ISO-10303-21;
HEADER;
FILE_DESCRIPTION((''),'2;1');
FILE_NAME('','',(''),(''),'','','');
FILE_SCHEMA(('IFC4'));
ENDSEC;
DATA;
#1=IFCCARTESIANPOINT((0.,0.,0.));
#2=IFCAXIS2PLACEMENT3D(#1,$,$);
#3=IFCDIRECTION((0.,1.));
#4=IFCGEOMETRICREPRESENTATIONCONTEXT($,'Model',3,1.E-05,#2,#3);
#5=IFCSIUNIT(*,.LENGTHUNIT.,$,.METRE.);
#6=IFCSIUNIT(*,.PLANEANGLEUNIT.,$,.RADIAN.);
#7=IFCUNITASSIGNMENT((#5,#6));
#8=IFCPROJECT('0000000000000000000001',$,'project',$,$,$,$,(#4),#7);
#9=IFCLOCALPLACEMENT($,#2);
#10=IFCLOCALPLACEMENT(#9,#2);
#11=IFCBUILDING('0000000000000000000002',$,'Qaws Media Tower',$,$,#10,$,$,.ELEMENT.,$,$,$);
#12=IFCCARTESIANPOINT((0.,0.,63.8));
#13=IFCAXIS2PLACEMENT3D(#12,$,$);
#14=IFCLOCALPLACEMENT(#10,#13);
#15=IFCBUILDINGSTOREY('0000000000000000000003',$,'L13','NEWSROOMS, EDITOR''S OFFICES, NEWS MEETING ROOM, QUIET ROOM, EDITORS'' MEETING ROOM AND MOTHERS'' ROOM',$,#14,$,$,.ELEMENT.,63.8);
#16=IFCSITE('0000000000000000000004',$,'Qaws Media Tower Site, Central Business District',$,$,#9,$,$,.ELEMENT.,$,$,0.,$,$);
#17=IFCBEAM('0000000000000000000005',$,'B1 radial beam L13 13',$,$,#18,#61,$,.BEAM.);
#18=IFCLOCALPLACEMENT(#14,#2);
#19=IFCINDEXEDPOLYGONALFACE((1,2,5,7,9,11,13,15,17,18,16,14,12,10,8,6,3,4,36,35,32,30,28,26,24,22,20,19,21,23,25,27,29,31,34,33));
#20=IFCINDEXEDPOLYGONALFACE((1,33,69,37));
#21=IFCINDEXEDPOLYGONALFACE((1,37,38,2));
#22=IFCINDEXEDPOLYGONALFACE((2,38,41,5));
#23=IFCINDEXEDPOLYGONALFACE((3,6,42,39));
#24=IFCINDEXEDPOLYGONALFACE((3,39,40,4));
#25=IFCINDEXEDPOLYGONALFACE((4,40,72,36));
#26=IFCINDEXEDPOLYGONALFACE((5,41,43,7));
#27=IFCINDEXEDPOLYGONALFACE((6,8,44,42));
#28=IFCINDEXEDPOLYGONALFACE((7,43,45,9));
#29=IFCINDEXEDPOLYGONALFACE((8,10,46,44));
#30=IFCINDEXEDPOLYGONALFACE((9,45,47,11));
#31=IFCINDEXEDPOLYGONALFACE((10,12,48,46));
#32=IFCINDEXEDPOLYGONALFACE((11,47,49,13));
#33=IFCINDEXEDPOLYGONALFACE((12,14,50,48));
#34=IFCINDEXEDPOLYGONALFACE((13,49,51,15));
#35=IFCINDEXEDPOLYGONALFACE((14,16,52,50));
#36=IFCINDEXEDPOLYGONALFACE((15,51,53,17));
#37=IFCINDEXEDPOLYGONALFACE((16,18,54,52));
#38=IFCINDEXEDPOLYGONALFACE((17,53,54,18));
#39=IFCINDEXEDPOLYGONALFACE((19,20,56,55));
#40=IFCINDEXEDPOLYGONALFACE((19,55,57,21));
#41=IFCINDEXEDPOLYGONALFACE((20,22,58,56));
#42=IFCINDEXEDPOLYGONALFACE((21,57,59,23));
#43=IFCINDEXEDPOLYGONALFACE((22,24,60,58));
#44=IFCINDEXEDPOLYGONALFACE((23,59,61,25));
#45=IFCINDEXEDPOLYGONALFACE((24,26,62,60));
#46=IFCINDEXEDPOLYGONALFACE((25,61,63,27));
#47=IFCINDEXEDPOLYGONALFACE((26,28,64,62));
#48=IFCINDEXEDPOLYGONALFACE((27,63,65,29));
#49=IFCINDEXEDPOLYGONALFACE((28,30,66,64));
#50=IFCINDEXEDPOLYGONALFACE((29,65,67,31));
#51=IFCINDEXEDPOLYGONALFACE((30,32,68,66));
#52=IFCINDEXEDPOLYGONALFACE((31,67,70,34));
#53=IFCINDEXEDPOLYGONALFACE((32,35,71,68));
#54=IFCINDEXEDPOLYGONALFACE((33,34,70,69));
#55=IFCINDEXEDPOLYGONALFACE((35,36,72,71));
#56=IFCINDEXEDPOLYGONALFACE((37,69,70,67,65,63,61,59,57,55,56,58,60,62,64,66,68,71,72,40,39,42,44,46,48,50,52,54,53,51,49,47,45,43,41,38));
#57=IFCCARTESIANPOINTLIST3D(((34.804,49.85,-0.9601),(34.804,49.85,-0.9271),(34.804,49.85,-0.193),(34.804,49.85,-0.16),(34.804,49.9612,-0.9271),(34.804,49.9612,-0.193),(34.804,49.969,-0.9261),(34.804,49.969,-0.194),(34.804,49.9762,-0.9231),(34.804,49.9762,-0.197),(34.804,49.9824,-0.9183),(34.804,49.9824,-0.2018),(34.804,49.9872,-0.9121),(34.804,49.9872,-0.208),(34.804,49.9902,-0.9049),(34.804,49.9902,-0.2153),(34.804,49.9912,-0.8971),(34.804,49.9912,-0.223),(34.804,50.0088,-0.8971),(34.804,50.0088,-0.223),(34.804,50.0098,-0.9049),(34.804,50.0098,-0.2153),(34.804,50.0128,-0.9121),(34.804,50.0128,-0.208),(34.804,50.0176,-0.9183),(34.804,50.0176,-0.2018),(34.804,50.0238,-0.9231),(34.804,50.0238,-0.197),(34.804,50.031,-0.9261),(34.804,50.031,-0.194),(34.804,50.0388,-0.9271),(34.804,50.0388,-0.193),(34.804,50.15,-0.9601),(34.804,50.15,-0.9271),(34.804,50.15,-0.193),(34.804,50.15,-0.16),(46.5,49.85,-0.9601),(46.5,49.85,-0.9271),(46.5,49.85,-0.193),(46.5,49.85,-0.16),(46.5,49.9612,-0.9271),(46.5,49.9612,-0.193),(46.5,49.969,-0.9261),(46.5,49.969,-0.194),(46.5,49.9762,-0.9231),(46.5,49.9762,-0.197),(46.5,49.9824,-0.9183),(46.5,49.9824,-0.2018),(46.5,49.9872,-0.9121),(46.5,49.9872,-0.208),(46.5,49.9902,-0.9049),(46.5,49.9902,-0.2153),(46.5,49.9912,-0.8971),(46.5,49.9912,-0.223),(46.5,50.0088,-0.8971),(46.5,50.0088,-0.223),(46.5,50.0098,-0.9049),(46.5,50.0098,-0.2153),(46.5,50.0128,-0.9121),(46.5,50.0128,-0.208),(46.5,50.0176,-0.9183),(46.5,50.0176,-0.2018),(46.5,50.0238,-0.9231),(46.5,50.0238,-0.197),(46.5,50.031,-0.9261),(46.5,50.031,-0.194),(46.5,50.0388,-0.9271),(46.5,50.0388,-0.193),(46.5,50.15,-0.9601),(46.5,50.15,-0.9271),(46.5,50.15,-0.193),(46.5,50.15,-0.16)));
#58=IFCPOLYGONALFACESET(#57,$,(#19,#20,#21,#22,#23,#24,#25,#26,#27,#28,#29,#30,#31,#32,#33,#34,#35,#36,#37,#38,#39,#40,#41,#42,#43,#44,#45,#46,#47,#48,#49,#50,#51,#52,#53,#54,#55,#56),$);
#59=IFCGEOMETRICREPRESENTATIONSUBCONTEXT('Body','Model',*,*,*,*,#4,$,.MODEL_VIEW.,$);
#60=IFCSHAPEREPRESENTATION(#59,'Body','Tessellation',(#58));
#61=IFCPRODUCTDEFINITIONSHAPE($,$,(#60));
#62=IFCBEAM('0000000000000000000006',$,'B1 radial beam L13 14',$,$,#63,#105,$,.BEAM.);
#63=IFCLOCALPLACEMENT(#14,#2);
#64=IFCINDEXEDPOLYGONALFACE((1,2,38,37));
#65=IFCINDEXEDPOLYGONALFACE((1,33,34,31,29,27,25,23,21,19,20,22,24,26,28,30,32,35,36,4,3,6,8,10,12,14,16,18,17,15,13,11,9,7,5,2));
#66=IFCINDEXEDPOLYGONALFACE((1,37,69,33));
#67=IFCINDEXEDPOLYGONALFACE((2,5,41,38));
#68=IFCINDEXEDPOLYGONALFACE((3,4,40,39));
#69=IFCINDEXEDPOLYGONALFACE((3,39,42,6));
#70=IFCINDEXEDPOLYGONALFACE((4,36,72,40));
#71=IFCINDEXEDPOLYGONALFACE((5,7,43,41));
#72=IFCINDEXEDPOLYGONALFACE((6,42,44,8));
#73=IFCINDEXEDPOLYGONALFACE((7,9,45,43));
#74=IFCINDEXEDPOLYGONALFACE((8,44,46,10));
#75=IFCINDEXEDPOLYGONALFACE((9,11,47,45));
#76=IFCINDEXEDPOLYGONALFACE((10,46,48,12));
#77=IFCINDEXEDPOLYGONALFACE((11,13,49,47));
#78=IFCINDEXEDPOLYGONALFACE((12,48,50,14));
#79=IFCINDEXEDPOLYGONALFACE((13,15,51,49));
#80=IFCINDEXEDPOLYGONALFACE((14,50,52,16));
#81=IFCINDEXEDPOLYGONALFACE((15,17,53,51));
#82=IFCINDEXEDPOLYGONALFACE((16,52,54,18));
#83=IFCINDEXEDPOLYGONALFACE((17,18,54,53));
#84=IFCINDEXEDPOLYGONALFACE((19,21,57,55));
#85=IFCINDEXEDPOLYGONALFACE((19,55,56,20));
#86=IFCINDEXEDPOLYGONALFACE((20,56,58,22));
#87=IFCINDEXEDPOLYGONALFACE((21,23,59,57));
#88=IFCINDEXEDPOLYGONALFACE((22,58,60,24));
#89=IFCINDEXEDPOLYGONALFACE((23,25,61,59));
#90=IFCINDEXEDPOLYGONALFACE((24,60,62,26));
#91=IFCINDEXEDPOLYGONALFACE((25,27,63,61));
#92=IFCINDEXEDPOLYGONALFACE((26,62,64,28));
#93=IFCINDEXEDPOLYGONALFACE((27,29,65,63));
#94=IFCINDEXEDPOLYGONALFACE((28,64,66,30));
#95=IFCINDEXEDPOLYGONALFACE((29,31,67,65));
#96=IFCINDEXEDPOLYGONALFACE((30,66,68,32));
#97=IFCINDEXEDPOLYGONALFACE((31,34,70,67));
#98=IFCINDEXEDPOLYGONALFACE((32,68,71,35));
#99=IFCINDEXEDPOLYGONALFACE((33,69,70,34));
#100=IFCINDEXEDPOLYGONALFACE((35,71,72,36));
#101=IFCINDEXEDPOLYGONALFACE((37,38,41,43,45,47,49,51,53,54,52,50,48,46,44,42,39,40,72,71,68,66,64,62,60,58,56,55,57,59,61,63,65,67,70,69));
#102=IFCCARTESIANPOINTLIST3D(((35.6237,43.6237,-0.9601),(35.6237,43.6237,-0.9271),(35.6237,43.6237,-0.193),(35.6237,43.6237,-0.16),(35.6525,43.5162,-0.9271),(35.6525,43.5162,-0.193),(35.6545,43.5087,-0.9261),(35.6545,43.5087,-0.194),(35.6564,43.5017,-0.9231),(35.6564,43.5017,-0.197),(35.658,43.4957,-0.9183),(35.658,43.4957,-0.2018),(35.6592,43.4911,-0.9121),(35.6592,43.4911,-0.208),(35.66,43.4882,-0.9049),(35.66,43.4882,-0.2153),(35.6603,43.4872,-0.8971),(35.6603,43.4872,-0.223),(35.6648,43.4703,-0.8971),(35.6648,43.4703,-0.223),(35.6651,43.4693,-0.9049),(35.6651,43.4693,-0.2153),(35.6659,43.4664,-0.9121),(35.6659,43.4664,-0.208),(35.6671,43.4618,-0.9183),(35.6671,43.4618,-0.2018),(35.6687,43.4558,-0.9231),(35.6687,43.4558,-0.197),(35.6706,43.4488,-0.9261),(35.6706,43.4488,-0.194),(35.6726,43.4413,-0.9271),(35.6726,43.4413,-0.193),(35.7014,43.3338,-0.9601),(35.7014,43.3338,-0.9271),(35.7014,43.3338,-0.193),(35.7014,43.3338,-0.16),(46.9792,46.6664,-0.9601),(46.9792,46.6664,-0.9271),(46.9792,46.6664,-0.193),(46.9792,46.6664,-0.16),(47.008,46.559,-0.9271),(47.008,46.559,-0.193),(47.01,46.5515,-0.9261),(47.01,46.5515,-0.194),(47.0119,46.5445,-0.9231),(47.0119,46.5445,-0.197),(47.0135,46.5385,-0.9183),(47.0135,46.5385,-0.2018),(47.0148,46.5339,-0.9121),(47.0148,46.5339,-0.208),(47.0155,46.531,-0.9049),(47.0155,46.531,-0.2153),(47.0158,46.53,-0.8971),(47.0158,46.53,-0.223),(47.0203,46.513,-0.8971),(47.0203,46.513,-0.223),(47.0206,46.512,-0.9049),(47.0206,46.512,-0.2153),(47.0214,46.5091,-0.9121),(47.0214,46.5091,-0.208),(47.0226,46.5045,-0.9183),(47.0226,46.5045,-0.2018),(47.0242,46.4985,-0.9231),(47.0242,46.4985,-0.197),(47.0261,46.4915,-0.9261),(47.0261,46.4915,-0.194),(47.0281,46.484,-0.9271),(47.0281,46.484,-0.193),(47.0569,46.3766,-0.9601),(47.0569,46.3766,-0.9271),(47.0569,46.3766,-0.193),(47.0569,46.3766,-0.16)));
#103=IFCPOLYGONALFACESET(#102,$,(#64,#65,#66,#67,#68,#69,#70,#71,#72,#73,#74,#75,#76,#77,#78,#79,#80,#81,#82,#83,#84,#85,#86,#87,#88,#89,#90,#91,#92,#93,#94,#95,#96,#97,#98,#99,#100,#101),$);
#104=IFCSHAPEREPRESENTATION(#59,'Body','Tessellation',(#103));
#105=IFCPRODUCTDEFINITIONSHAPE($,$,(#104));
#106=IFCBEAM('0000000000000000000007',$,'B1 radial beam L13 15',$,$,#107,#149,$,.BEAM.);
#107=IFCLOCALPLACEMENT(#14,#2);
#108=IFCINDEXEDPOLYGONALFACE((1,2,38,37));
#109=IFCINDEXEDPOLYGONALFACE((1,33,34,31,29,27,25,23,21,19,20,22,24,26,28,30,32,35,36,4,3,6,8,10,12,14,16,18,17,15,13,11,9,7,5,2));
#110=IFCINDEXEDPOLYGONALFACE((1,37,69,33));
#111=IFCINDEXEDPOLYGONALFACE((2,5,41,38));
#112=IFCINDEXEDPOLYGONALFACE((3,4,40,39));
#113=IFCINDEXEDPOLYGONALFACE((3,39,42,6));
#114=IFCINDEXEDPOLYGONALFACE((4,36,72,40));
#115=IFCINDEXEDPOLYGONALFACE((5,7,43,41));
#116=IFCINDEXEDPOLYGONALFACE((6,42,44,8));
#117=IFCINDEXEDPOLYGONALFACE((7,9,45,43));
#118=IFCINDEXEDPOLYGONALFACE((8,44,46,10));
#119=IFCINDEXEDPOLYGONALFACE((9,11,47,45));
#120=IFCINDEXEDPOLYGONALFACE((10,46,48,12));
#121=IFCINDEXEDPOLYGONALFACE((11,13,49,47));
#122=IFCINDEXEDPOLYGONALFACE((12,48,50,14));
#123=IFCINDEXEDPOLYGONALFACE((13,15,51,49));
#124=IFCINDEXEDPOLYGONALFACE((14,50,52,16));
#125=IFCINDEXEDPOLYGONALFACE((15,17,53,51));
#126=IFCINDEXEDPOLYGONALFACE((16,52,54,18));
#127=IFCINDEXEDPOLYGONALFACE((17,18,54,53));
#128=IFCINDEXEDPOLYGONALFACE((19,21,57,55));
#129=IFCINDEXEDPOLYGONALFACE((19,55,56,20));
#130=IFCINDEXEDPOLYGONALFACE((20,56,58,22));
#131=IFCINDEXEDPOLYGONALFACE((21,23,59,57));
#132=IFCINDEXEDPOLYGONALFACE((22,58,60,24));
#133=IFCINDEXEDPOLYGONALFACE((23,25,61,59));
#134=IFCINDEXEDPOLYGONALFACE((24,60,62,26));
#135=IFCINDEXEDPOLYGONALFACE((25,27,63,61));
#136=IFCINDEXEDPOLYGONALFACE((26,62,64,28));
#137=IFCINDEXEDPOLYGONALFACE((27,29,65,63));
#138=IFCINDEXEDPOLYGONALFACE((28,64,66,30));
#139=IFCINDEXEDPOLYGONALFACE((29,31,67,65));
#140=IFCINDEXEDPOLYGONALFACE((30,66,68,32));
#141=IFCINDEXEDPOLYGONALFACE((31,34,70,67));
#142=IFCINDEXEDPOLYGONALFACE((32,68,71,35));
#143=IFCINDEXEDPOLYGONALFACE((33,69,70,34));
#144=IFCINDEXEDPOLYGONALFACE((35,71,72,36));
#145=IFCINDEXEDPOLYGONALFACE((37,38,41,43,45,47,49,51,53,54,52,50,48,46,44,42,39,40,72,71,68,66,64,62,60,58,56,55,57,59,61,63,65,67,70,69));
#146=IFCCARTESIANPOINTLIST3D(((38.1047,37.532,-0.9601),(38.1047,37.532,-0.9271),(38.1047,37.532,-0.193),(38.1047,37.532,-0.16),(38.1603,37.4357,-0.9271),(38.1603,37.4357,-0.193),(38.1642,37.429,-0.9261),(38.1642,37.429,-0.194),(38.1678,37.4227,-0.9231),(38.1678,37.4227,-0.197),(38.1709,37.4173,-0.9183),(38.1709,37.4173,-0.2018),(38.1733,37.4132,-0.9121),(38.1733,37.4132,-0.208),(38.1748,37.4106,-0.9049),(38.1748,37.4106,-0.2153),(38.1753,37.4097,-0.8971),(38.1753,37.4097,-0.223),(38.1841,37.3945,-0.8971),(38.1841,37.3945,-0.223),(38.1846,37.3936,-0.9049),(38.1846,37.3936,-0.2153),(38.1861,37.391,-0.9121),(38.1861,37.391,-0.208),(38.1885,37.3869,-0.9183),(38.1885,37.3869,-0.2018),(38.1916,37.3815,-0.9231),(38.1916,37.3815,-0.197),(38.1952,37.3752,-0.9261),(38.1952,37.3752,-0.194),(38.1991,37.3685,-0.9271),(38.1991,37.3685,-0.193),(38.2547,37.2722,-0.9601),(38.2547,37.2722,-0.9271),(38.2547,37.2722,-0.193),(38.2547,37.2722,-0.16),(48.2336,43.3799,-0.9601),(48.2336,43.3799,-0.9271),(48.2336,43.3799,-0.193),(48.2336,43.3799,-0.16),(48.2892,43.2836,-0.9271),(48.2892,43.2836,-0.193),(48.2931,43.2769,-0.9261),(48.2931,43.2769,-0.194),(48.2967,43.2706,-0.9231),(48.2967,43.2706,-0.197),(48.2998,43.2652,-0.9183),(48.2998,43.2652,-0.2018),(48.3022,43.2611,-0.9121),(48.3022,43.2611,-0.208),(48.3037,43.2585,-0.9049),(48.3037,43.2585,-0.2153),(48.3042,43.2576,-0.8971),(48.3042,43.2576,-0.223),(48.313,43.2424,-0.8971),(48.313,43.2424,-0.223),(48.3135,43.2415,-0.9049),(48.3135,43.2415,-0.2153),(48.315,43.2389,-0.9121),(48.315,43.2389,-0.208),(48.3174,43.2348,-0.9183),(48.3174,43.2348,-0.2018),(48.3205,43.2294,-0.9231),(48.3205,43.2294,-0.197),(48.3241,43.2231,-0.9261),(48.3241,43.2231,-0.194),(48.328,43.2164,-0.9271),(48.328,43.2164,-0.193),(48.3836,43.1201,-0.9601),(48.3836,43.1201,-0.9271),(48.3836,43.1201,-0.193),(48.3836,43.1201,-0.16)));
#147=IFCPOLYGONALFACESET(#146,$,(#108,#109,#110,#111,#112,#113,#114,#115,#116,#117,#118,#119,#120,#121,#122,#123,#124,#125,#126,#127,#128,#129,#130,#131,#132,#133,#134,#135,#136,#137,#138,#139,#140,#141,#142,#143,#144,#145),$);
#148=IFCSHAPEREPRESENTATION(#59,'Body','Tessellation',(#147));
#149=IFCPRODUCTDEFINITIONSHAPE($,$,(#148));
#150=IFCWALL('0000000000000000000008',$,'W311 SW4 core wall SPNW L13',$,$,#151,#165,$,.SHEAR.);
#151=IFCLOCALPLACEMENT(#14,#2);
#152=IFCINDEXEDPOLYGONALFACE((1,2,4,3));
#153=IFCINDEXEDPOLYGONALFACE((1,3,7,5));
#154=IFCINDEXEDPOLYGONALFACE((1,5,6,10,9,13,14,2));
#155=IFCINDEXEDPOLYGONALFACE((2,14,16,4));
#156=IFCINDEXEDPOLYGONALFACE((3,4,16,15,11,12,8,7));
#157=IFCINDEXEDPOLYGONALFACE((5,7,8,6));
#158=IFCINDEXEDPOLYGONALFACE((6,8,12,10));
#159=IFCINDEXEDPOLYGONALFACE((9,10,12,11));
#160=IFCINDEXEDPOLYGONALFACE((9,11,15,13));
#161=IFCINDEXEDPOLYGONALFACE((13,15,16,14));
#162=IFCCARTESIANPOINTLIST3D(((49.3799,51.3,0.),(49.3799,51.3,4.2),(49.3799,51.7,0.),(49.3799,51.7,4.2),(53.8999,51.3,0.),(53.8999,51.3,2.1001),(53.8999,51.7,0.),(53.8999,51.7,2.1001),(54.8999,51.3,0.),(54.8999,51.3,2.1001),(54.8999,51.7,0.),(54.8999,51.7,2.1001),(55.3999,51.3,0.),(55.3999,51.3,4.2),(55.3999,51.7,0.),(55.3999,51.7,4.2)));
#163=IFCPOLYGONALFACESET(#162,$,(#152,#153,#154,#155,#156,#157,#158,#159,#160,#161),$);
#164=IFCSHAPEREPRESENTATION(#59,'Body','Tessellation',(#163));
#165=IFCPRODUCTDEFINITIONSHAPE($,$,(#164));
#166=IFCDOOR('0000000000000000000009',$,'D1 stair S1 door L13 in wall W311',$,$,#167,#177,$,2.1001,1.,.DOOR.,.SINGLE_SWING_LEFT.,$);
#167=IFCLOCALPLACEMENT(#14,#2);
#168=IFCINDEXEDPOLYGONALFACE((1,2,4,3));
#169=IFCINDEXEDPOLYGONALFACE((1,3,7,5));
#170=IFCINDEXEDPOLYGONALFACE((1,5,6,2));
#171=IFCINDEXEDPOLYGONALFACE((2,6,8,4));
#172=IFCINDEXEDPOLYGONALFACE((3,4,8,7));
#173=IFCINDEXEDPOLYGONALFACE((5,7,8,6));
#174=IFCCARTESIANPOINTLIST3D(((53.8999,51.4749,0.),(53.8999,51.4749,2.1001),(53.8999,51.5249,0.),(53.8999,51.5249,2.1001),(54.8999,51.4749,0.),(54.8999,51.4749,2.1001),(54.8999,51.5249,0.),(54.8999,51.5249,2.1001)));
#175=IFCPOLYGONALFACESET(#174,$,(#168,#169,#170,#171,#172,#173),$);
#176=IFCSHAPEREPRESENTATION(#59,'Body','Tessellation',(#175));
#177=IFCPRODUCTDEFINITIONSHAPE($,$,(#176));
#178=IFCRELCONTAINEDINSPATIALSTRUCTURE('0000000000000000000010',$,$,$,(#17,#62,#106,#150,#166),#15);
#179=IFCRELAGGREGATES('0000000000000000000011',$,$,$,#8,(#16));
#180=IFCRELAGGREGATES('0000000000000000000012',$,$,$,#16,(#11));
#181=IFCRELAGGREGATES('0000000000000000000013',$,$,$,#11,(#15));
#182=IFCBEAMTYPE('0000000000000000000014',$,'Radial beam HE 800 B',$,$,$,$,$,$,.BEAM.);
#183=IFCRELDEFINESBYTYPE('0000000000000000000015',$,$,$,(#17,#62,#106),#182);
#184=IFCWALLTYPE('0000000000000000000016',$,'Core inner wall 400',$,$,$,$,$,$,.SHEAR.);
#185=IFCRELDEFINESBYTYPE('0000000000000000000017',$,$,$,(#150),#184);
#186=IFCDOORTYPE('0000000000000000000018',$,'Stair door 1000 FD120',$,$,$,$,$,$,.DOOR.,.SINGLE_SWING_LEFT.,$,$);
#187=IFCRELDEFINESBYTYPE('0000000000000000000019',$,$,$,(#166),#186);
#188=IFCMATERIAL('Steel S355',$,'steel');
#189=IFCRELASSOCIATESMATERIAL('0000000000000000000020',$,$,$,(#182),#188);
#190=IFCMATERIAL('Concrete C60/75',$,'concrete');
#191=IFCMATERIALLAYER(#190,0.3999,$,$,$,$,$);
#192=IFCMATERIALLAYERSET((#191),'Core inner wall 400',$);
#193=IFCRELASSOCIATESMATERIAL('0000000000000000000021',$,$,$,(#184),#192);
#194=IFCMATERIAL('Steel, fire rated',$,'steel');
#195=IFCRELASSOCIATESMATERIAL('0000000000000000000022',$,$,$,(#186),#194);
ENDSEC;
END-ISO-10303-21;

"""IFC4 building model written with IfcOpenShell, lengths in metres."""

from ifc_helpers import new_model, si_unit, direction, frame, frame_2d, origin, origin_2d, place, context, subcontext, project, spatial, rectangle, i_section, extrude, material, layer, layer_set, material_profile, profile_set, type_object, element, fill, save


model = new_model("IFC4")

# Units and contexts
model_context = context("Model", 3, precision=1e-05, world=origin(), true_north=direction((0.0, 1.0)))
body_context = subcontext(model_context, "Body", "Model", "MODEL_VIEW")
ifc_project = project(units=[si_unit("LENGTHUNIT", "METRE"), si_unit("PLANEANGLEUNIT", "RADIAN")], contexts=[model_context])

# Site, building, storey
site_placement = place(None, origin())
site = spatial("IfcSite", under=ifc_project, at=site_placement, Name="Qaws Media Tower Site, Central Business District", CompositionType="ELEMENT", RefElevation=0.0)
building_placement = place(site_placement, origin())
building = spatial("IfcBuilding", under=site, at=building_placement, Name="Qaws Media Tower", CompositionType="ELEMENT")
storey_placement = place(building_placement, frame((0.0, 0.0, 63.8)))
storey = spatial("IfcBuildingStorey", under=building, at=storey_placement, Name="L13", Description="NEWSROOMS, EDITOR'S OFFICES, NEWS MEETING ROOM, QUIET ROOM, EDITORS' MEETING ROOM AND MOTHERS' ROOM", CompositionType="ELEMENT", Elevation=63.8)

# Beams
ifc_material_1 = material(Name="Steel S355", Category="steel")
ifc_material_profile_1 = material_profile(ifc_material_1, i_section(OverallWidth=0.3, OverallDepth=0.8, WebThickness=0.0176, FlangeThickness=0.033, FilletRadius=0.03, at=origin_2d()), Name="HE 800 B")
ifc_profile_set_1 = profile_set([ifc_material_profile_1], Name="Steel S355")
beam_type_1 = type_object("IfcBeamType", Name="Radial beam HE 800 B", PredefinedType="BEAM", material=ifc_profile_set_1)
beam_1_placement = place(storey_placement, frame((46.5, 50.0, -0.5601), z_axis=(-1.0, 0.0, 0.0), x_axis=(0.0, -1.0, 0.0)))
element("IfcBeam", 1, at=beam_1_placement, inside=storey, type_object=beam_type_1, Name="B1 radial beam L13 13", PredefinedType="BEAM", context=body_context, shape_type="SweptSolid", body=[
    extrude(i_section(OverallWidth=0.3, OverallDepth=0.8, WebThickness=0.0176, FlangeThickness=0.033, FilletRadius=0.03, at=origin_2d()), origin(), (0.0, 0.0, 1.0), 11.696),
])
beam_2_placement = place(storey_placement, frame((47.0181, 46.5215, -0.5601), z_axis=(-0.965925, -0.258822, 0.0), x_axis=(0.258822, -0.965925, 0.0)))
element("IfcBeam", 2, at=beam_2_placement, inside=storey, type_object=beam_type_1, Name="B1 radial beam L13 14", PredefinedType="BEAM", context=body_context, shape_type="SweptSolid", body=[
    extrude(i_section(OverallWidth=0.3, OverallDepth=0.8, WebThickness=0.0176, FlangeThickness=0.033, FilletRadius=0.03, at=origin_2d()), origin(), (0.0, 0.0, 1.0), 11.7561),
])
beam_3_placement = place(storey_placement, frame((48.3086, 43.25, -0.5601), z_axis=(-0.866026, -0.499998, 0.0), x_axis=(0.499998, -0.866026, 0.0)))
element("IfcBeam", 3, at=beam_3_placement, inside=storey, type_object=beam_type_1, Name="B1 radial beam L13 15", PredefinedType="BEAM", context=body_context, shape_type="SweptSolid", body=[
    extrude(i_section(OverallWidth=0.3, OverallDepth=0.8, WebThickness=0.0176, FlangeThickness=0.033, FilletRadius=0.03, at=origin_2d()), origin(), (0.0, 0.0, 1.0), 11.6958),
])

# Wall, opening, door
ifc_material_2 = material(Name="Concrete C60/75", Category="concrete")
ifc_layer_1 = layer(ifc_material_2, 0.3999)
ifc_layer_set_1 = layer_set([ifc_layer_1], Name="Core inner wall 400")
wall_type_1 = type_object("IfcWallType", Name="Core inner wall 400", PredefinedType="SHEAR", material=ifc_layer_set_1)
wall_1_placement = place(storey_placement, frame((49.3799, 51.5, 0.0), z_axis=(0.0, 0.0, 1.0), x_axis=(1.0, 0.0, 0.0)))
wall_1 = element("IfcWall", 4, at=wall_1_placement, inside=storey, type_object=wall_type_1, Name="W311 SW4 core wall SPNW L13", PredefinedType="SHEAR", context=body_context, shape_type="SweptSolid", body=[
    extrude(rectangle(XDim=6.02, YDim=0.3999, at=frame_2d((3.01, 0.0))), origin(), (0.0, 0.0, 1.0), 4.2),
])
opening_1_placement = place(wall_1_placement, frame((4.52, 0.0, 0.0)))
opening_1 = element("IfcOpeningElement", 5, at=opening_1_placement, cuts=wall_1, PredefinedType="OPENING", context=body_context, shape_type="SweptSolid", body=[
    extrude(rectangle(XDim=1.0, YDim=2.1001, at=frame_2d((0.5, 1.05))), frame((0.0, 0.21, 0.0), z_axis=(0.0, -1.0, 0.0), x_axis=(1.0, 0.0, 0.0)), (0.0, 0.0, 1.0), 0.4199),
])
ifc_material_3 = material(Name="Steel, fire rated", Category="steel")
door_type_1 = type_object("IfcDoorType", Name="Stair door 1000 FD120", OperationType="SINGLE_SWING_LEFT", PredefinedType="DOOR", material=ifc_material_3)
door_1_placement = place(opening_1_placement, origin())
door_1 = element("IfcDoor", 6, at=door_1_placement, inside=storey, type_object=door_type_1, Name="D1 stair S1 door L13 in wall W311", OperationType="SINGLE_SWING_LEFT", OverallHeight=2.1001, OverallWidth=1.0, PredefinedType="DOOR", context=body_context, shape_type="SweptSolid", body=[
    extrude(rectangle(XDim=1.0, YDim=2.1001, at=frame_2d((0.5, 1.05))), frame((0.0, 0.0249, 0.0), z_axis=(0.0, -1.0, 0.0), x_axis=(1.0, 0.0, 0.0)), (0.0, 0.0, 1.0), 0.05),
])
fill(opening_1, door_1)

save(model, "model.ifc")
